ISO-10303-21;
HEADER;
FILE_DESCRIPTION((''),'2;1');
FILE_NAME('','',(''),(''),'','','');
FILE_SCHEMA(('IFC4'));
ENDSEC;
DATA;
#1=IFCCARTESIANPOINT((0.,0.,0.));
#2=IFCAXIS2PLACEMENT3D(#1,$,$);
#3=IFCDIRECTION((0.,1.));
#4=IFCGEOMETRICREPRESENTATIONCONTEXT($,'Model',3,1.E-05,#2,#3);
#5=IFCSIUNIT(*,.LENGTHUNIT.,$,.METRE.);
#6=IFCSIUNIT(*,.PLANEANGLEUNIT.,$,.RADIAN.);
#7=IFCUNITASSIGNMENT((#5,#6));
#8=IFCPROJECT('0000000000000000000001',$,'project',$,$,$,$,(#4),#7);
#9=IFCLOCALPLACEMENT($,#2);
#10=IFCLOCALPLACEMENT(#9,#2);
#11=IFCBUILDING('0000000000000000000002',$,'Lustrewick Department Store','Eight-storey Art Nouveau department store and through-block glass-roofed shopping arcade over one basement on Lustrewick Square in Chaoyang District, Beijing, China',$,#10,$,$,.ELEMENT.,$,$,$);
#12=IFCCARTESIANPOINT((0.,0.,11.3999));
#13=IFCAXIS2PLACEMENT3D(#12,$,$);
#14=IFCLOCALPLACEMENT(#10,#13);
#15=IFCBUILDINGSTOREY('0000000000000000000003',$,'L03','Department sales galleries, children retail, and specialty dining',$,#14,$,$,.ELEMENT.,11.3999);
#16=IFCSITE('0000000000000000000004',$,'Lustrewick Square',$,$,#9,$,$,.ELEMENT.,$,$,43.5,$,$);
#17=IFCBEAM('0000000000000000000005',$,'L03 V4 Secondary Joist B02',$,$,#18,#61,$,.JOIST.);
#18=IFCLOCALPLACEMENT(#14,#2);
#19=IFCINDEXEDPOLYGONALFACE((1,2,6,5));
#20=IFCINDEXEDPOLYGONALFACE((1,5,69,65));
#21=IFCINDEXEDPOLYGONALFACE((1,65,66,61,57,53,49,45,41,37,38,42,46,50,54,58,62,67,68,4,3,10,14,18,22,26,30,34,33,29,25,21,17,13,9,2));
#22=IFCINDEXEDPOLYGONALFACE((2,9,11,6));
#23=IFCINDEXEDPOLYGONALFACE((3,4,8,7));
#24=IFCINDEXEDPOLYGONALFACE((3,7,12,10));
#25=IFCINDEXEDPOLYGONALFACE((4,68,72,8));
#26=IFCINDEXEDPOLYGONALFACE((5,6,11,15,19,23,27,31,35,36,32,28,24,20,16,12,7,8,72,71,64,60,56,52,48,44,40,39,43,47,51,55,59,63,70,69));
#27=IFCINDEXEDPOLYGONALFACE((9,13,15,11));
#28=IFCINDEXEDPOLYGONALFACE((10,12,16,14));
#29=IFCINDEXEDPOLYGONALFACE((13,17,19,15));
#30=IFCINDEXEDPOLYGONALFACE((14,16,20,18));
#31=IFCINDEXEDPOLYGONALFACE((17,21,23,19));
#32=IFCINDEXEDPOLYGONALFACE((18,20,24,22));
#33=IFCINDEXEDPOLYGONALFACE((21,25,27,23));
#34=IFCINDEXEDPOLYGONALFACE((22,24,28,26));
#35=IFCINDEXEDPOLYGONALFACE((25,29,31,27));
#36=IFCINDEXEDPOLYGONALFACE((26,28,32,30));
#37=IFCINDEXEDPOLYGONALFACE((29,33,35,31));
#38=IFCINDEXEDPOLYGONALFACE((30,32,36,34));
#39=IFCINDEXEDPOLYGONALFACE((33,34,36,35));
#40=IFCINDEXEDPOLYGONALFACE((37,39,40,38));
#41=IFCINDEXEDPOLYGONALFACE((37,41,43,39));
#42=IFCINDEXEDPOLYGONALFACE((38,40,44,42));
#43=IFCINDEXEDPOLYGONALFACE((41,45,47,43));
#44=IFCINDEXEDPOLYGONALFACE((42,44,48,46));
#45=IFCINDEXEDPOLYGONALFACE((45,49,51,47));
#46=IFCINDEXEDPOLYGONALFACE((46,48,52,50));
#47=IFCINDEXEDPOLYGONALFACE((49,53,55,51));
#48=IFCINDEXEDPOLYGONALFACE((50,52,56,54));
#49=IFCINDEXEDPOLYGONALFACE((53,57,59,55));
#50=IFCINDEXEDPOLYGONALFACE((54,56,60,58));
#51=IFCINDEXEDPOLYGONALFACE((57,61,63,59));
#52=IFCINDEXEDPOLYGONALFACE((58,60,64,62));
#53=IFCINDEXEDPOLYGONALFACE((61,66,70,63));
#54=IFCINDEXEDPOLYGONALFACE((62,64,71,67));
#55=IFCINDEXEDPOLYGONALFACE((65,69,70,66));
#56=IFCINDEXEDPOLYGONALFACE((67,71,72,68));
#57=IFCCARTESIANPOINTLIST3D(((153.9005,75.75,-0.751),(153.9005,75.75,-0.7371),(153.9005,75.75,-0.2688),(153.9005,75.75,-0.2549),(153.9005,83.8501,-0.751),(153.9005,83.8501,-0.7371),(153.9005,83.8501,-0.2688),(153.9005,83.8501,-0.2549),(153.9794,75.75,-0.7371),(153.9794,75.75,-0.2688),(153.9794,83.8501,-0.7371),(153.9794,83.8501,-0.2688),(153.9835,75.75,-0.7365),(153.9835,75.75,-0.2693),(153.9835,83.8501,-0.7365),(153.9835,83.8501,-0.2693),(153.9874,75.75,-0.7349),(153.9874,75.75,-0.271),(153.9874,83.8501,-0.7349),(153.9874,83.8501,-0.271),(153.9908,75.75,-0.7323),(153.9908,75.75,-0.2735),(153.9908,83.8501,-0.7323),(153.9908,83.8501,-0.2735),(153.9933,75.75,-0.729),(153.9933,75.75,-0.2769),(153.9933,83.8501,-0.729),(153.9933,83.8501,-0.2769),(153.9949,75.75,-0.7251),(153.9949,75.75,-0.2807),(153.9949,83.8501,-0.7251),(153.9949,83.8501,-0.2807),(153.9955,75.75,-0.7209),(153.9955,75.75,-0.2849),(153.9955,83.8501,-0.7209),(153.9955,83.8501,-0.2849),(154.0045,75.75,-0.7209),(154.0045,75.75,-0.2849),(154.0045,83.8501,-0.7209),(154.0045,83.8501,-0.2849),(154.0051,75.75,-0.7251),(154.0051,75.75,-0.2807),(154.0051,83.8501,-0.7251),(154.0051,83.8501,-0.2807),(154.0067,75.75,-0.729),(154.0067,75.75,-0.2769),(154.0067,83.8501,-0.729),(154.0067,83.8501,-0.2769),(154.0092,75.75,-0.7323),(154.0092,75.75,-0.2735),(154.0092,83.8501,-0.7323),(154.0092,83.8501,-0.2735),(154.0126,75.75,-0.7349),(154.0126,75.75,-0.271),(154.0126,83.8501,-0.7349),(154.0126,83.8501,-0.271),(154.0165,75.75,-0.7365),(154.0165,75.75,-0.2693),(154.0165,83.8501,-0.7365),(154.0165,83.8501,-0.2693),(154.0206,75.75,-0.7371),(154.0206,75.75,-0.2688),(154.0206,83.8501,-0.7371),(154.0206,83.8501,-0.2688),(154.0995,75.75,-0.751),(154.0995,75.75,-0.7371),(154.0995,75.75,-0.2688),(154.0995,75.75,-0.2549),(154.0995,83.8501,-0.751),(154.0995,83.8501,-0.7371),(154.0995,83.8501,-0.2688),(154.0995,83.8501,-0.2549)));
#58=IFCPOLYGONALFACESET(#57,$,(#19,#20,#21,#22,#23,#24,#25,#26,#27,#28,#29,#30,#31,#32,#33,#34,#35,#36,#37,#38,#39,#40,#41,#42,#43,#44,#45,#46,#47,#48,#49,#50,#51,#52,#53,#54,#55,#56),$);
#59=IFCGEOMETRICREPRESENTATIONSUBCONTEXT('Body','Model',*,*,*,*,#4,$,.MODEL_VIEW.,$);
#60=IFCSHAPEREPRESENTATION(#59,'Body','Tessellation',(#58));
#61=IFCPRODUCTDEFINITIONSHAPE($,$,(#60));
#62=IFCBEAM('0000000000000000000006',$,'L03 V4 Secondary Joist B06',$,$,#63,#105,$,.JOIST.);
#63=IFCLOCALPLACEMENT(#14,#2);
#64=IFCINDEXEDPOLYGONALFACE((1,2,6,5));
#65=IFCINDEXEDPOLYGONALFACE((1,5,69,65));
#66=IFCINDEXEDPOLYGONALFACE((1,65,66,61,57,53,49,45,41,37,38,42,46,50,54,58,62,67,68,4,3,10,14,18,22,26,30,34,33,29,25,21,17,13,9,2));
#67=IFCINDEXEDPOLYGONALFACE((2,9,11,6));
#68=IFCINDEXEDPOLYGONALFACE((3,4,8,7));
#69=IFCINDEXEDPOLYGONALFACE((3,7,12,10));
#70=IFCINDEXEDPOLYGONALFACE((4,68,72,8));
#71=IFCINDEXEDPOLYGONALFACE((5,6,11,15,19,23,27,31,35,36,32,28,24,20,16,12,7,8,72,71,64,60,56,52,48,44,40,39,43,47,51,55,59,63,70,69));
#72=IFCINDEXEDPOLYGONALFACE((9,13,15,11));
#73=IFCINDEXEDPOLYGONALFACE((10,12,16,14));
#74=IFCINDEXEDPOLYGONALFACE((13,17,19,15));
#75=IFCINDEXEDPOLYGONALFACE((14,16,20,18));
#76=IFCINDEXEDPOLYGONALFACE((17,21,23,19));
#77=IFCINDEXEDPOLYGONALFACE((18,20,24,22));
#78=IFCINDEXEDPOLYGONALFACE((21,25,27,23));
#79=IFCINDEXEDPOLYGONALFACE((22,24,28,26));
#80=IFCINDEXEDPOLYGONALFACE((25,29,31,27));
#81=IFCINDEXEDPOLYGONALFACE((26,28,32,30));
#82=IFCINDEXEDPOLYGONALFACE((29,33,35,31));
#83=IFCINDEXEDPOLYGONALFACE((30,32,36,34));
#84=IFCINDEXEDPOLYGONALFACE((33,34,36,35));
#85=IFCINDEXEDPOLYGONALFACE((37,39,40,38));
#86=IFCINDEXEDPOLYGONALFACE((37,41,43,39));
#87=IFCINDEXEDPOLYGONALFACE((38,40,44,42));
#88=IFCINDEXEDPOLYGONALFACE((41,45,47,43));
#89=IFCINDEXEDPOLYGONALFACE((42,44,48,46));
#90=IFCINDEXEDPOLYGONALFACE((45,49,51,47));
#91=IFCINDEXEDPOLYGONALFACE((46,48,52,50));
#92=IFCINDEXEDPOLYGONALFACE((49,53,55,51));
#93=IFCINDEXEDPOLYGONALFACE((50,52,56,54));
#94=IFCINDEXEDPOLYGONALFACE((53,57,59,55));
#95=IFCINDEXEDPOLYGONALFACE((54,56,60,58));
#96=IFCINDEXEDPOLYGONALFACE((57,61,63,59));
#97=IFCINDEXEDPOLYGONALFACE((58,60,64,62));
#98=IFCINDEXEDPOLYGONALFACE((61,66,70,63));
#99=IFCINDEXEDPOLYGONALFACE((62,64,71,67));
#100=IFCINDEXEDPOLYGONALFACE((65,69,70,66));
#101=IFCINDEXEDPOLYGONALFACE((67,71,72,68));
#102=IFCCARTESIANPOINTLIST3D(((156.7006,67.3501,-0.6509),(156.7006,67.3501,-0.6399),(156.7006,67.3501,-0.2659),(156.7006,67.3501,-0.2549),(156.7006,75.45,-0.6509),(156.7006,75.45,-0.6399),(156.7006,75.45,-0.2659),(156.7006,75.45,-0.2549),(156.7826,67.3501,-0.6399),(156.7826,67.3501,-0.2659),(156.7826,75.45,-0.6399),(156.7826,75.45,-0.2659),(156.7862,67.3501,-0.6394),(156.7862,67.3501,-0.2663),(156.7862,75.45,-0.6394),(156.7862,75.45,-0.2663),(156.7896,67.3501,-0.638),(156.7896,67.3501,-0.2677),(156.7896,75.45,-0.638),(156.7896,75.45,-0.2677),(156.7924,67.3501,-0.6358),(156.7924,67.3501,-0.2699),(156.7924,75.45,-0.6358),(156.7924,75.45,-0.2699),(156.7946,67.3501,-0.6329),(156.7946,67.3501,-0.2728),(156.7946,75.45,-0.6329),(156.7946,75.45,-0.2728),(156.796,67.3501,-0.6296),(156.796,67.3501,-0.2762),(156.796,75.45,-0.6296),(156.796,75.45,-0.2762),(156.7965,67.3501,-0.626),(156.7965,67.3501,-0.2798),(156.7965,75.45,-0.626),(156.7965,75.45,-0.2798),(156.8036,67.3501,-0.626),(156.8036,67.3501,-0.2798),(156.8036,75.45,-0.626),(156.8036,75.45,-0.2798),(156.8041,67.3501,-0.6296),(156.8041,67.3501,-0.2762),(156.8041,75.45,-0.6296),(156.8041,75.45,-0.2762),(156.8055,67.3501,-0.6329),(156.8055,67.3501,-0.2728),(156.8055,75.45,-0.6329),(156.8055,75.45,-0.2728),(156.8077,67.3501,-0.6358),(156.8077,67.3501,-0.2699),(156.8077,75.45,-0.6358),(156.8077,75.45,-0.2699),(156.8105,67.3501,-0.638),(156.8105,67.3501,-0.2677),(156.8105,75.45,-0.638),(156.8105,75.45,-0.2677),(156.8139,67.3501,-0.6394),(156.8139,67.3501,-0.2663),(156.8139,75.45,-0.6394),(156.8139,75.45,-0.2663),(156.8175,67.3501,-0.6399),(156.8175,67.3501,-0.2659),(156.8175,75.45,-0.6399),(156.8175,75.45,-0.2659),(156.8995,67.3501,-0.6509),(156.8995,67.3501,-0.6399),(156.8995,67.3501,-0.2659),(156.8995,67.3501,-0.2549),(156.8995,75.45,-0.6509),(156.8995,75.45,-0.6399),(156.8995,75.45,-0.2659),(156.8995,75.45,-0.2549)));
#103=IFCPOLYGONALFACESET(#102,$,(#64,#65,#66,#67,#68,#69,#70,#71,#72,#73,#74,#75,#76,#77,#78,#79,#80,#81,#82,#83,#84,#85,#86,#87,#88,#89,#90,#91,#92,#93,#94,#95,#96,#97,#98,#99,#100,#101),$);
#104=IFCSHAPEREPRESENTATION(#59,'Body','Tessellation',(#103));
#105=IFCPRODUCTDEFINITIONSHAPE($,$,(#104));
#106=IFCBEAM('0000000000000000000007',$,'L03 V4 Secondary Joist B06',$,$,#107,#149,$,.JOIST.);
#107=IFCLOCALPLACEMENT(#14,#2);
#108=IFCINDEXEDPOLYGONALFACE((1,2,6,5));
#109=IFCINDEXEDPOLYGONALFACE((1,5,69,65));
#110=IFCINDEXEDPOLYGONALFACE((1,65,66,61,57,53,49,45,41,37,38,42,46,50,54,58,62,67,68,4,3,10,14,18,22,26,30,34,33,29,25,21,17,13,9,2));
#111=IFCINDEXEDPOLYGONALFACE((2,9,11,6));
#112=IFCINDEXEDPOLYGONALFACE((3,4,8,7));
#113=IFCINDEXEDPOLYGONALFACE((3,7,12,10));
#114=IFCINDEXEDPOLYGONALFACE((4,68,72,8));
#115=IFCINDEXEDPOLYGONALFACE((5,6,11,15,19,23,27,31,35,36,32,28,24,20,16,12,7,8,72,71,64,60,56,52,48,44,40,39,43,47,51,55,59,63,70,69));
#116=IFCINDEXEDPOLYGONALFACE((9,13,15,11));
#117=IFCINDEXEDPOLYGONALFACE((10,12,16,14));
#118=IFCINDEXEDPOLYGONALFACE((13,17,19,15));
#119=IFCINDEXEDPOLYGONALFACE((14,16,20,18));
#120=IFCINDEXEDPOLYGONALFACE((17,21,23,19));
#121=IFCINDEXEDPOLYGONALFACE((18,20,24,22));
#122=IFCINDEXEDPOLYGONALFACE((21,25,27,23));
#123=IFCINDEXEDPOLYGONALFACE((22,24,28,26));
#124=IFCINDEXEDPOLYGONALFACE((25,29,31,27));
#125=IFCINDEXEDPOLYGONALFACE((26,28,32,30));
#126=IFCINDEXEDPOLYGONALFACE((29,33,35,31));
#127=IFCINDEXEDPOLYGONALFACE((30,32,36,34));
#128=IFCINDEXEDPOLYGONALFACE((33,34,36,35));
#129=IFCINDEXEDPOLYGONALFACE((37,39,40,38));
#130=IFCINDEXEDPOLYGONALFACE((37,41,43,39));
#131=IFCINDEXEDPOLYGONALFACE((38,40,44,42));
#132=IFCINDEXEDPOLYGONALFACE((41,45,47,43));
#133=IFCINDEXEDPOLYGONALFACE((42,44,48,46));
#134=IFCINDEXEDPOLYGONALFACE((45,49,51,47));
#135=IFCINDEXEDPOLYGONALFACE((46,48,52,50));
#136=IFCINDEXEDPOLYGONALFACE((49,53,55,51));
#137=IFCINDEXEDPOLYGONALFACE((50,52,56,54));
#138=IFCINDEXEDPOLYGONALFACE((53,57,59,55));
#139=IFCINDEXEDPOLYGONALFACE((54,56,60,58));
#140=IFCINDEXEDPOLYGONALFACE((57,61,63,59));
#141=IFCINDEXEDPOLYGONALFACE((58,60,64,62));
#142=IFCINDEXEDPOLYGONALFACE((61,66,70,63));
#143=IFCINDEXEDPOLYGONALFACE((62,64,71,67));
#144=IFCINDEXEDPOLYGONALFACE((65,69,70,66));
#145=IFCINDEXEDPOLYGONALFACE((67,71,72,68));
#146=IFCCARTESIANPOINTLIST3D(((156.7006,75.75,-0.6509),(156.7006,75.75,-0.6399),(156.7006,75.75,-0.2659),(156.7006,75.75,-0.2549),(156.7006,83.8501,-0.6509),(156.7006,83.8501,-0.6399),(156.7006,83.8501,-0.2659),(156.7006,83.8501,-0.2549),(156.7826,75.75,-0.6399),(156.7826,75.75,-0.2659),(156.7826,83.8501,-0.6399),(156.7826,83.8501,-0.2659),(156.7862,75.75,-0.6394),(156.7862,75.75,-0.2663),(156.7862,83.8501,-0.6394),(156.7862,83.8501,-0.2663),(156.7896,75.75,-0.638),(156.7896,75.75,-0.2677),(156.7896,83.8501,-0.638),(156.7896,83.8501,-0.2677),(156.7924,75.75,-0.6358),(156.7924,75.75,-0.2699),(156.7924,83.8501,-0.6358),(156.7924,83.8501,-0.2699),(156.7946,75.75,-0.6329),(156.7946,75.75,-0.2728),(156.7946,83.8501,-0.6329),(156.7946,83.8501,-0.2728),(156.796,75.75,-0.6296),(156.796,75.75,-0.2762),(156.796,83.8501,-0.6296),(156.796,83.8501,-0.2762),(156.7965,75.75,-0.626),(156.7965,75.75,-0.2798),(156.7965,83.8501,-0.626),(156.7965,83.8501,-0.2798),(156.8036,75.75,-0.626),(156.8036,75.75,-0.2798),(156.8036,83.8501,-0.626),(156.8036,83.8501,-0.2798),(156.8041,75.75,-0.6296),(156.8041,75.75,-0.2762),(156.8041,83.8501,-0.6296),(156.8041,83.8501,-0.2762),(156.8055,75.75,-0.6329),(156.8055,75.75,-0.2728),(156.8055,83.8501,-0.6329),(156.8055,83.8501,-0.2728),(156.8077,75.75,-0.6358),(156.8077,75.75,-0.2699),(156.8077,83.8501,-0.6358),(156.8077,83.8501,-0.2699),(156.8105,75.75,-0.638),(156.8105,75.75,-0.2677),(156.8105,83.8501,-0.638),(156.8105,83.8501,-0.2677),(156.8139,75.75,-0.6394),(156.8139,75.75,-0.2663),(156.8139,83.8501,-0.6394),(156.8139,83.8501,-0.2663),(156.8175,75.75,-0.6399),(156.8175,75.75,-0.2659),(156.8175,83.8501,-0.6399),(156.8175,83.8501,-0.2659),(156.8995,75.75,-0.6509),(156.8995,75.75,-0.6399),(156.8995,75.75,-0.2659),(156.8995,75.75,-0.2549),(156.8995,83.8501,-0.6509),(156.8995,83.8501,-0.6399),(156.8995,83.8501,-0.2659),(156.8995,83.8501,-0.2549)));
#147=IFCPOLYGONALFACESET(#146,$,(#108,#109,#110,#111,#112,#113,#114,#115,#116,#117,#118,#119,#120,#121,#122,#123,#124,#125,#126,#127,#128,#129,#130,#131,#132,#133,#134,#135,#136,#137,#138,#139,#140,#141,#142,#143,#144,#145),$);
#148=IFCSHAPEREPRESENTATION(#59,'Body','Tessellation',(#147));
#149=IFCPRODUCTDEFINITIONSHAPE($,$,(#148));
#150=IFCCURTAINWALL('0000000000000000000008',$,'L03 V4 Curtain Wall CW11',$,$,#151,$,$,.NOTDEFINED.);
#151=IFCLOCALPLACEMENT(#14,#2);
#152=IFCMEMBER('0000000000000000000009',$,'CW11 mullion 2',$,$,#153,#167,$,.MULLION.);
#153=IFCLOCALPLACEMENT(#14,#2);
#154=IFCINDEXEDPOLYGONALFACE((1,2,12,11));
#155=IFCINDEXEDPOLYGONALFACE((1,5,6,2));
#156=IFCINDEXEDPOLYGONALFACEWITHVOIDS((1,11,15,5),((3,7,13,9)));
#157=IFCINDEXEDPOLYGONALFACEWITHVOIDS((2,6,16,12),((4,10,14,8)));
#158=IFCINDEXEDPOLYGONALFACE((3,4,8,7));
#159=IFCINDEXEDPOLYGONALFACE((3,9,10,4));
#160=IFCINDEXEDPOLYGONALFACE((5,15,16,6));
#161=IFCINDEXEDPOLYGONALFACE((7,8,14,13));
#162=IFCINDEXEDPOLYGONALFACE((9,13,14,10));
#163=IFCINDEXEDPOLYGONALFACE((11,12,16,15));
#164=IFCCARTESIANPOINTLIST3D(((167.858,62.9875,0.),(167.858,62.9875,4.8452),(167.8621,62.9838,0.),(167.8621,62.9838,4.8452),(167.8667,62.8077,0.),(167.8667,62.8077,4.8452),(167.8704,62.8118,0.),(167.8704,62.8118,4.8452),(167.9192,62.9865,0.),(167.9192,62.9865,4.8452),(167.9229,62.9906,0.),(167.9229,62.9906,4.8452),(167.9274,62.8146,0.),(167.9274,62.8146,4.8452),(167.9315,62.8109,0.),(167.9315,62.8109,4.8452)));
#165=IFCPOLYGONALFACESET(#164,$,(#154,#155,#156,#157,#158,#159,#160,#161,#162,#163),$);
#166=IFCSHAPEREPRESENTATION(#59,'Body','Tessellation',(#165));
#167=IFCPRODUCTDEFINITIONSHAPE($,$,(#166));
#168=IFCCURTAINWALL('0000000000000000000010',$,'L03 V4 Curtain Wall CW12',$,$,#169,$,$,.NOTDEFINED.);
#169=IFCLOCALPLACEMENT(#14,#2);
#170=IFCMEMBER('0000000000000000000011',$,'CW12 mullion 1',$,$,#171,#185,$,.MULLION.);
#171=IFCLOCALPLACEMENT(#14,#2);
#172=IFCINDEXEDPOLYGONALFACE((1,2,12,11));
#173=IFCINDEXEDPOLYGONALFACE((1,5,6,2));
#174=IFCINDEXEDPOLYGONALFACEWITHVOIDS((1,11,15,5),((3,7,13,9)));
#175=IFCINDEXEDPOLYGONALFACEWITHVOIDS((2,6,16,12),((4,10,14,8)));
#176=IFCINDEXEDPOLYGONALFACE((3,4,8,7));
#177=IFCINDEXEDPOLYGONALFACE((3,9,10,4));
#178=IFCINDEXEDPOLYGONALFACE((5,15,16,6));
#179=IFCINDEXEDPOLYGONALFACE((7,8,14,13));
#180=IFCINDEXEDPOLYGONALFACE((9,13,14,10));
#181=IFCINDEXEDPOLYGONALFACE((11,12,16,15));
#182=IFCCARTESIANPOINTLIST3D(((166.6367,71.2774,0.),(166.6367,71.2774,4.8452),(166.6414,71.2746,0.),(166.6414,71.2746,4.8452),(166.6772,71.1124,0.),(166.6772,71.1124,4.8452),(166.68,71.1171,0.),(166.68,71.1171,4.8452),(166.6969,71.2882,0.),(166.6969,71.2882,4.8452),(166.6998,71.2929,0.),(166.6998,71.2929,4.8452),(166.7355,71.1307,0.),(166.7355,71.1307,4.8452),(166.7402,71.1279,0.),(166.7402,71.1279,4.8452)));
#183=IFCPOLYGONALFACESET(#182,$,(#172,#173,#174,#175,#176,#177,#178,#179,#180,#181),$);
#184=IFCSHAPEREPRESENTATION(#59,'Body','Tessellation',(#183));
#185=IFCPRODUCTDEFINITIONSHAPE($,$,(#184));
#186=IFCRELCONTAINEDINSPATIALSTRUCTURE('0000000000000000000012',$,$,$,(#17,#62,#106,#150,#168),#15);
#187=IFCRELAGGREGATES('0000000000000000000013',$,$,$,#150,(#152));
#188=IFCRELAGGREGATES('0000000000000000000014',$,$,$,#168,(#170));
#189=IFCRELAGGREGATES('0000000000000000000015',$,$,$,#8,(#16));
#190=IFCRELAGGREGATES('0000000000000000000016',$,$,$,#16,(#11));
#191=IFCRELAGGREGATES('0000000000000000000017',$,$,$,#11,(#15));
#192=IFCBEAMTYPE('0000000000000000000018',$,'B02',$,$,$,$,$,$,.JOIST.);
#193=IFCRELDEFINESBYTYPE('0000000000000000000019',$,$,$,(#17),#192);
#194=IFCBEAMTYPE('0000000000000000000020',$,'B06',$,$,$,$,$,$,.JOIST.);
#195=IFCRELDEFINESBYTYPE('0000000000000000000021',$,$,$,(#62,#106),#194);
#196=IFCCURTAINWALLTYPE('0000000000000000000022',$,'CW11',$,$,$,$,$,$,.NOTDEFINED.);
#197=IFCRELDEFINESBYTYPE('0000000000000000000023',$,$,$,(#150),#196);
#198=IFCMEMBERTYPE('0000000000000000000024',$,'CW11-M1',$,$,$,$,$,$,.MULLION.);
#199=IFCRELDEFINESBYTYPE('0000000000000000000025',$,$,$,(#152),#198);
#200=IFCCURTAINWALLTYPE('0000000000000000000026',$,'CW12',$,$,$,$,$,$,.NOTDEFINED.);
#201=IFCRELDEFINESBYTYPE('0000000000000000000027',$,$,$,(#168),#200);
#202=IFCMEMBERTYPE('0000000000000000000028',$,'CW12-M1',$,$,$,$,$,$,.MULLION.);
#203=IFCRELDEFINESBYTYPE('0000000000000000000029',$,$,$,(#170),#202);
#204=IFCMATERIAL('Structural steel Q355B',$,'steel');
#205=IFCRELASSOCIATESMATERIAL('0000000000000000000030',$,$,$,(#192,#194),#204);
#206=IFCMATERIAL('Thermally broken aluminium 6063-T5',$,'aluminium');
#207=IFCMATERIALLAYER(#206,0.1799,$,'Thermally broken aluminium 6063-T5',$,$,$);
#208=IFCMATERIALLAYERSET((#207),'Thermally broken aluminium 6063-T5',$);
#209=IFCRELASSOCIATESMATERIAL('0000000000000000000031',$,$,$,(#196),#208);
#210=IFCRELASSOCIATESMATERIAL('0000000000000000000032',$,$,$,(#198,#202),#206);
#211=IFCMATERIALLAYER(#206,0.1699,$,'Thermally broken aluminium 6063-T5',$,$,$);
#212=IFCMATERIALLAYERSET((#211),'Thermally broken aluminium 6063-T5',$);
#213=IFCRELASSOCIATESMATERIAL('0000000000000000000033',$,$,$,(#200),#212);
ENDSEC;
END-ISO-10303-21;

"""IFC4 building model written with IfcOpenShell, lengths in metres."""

from ifc_helpers import new_model, si_unit, direction, frame, origin, origin_2d, place, context, subcontext, project, spatial, hollow_rectangle, i_section, extrude, material, layer, layer_set, material_profile, profile_set, type_object, element, aggregate, save


model = new_model("IFC4")

# Units and contexts
model_context = context("Model", 3, precision=1e-05, world=origin(), true_north=direction((0.0, 1.0)))
body_context = subcontext(model_context, "Body", "Model", "MODEL_VIEW")
ifc_project = project(units=[si_unit("LENGTHUNIT", "METRE"), si_unit("PLANEANGLEUNIT", "RADIAN")], contexts=[model_context])

# Site, building, storey
site_placement = place(None, origin())
site = spatial("IfcSite", under=ifc_project, at=site_placement, Name="Lustrewick Square", CompositionType="ELEMENT", RefElevation=43.5)
building_placement = place(site_placement, origin())
building = spatial("IfcBuilding", under=site, at=building_placement, Name="Lustrewick Department Store", Description="Eight-storey Art Nouveau department store and through-block glass-roofed shopping arcade over one basement on Lustrewick Square in Chaoyang District, Beijing, China", CompositionType="ELEMENT")
storey_placement = place(building_placement, frame((0.0, 0.0, 11.3999)))
storey = spatial("IfcBuildingStorey", under=building, at=storey_placement, Name="L03", Description="Department sales galleries, children retail, and specialty dining", CompositionType="ELEMENT", Elevation=11.3999)

# Shared definitions
ifc_material_1 = material(Name="Structural steel Q355B", Category="steel")

# Beams
ifc_material_profile_1 = material_profile(ifc_material_1, i_section(OverallWidth=0.199, OverallDepth=0.4961, WebThickness=0.009, FlangeThickness=0.0139, FilletRadius=0.0161, at=origin_2d()), Name="HN 496x199x9x14")
ifc_profile_set_1 = profile_set([ifc_material_profile_1], Name="Structural steel Q355B")
beam_type_1 = type_object("IfcBeamType", Name="B02", PredefinedType="JOIST", material=ifc_profile_set_1)
beam_1_placement = place(storey_placement, frame((154.0, 75.75, -0.5029), z_axis=(0.0, 1.0, 0.0), x_axis=(-1.0, 0.0, 0.0)))
element("IfcBeam", 1, at=beam_1_placement, inside=storey, type_object=beam_type_1, Name="L03 V4 Secondary Joist B02", PredefinedType="JOIST", context=body_context, shape_type="SweptSolid", body=[
    extrude(i_section(OverallWidth=0.199, OverallDepth=0.4961, WebThickness=0.009, FlangeThickness=0.0139, FilletRadius=0.0161, at=origin_2d()), origin(), (0.0, 0.0, 1.0), 8.1001),
])
ifc_material_profile_2 = material_profile(ifc_material_1, i_section(OverallWidth=0.199, OverallDepth=0.396, WebThickness=0.0071, FlangeThickness=0.011, FilletRadius=0.0139, at=origin_2d()), Name="HN 396x199x7x11")
ifc_profile_set_2 = profile_set([ifc_material_profile_2], Name="Structural steel Q355B")
beam_type_2 = type_object("IfcBeamType", Name="B06", PredefinedType="JOIST", material=ifc_profile_set_2)
beam_2_placement = place(storey_placement, frame((156.8, 67.3501, -0.4529), z_axis=(0.0, 1.0, 0.0), x_axis=(-1.0, 0.0, 0.0)))
element("IfcBeam", 2, at=beam_2_placement, inside=storey, type_object=beam_type_2, Name="L03 V4 Secondary Joist B06", PredefinedType="JOIST", context=body_context, shape_type="SweptSolid", body=[
    extrude(i_section(OverallWidth=0.199, OverallDepth=0.396, WebThickness=0.0071, FlangeThickness=0.011, FilletRadius=0.0139, at=origin_2d()), origin(), (0.0, 0.0, 1.0), 8.0999),
])
beam_3_placement = place(storey_placement, frame((156.8, 75.75, -0.4529), z_axis=(0.0, 1.0, 0.0), x_axis=(-1.0, 0.0, 0.0)))
element("IfcBeam", 3, at=beam_3_placement, inside=storey, type_object=beam_type_2, Name="L03 V4 Secondary Joist B06", PredefinedType="JOIST", context=body_context, shape_type="SweptSolid", body=[
    extrude(i_section(OverallWidth=0.199, OverallDepth=0.396, WebThickness=0.0071, FlangeThickness=0.011, FilletRadius=0.0139, at=origin_2d()), origin(), (0.0, 0.0, 1.0), 8.1001),
])

# Curtain wall, member
ifc_material_2 = material(Name="Thermally broken aluminium 6063-T5", Category="aluminium")
ifc_layer_1 = layer(ifc_material_2, 0.1799, Name="Thermally broken aluminium 6063-T5")
ifc_layer_set_1 = layer_set([ifc_layer_1], Name="Thermally broken aluminium 6063-T5")
curtain_wall_type_1 = type_object("IfcCurtainWallType", Name="CW11", PredefinedType="NOTDEFINED", material=ifc_layer_set_1)
curtain_wall_1_placement = place(storey_placement, origin())
curtain_wall_1 = element("IfcCurtainWall", 4, at=curtain_wall_1_placement, inside=storey, type_object=curtain_wall_type_1, Name="L03 V4 Curtain Wall CW11", PredefinedType="NOTDEFINED")
ifc_material_profile_3 = material_profile(ifc_material_2, hollow_rectangle(XDim=0.0649, YDim=0.1799, WallThickness=0.0039, at=origin_2d()), Name="ALU-M 65x180x4")
ifc_profile_set_3 = profile_set([ifc_material_profile_3], Name="Thermally broken aluminium 6063-T5")
member_type_1 = type_object("IfcMemberType", Name="CW11-M1", PredefinedType="MULLION", material=ifc_profile_set_3)
member_1_placement = place(storey_placement, frame((167.8948, 62.8992, 0.0), z_axis=(0.0, 0.0, 1.0), x_axis=(-0.998845, -0.048053, 0.0)))
member_1 = element("IfcMember", 5, at=member_1_placement, type_object=member_type_1, Name="CW11 mullion 2", PredefinedType="MULLION", context=body_context, shape_type="SweptSolid", body=[
    extrude(hollow_rectangle(XDim=0.0649, YDim=0.1799, WallThickness=0.0039, at=origin_2d()), origin(), (0.0, 0.0, 1.0), 4.8452),
])
aggregate(curtain_wall_1, [member_1])

# Curtain wall, member
ifc_layer_2 = layer(ifc_material_2, 0.1699, Name="Thermally broken aluminium 6063-T5")
ifc_layer_set_2 = layer_set([ifc_layer_2], Name="Thermally broken aluminium 6063-T5")
curtain_wall_type_2 = type_object("IfcCurtainWallType", Name="CW12", PredefinedType="NOTDEFINED", material=ifc_layer_set_2)
curtain_wall_2_placement = place(storey_placement, origin())
curtain_wall_2 = element("IfcCurtainWall", 6, at=curtain_wall_2_placement, inside=storey, type_object=curtain_wall_type_2, Name="L03 V4 Curtain Wall CW12", PredefinedType="NOTDEFINED")
ifc_material_profile_4 = material_profile(ifc_material_2, hollow_rectangle(XDim=0.0649, YDim=0.1699, WallThickness=0.0039, at=origin_2d()), Name="ALU-M 65x170x4")
ifc_profile_set_4 = profile_set([ifc_material_profile_4], Name="Thermally broken aluminium 6063-T5")
member_type_2 = type_object("IfcMemberType", Name="CW12-M1", PredefinedType="MULLION", material=ifc_profile_set_4)
member_2_placement = place(storey_placement, frame((166.6885, 71.2026, 0.0), z_axis=(0.0, 0.0, 1.0), x_axis=(-0.971223, -0.238171, 0.0)))
member_2 = element("IfcMember", 7, at=member_2_placement, type_object=member_type_2, Name="CW12 mullion 1", PredefinedType="MULLION", context=body_context, shape_type="SweptSolid", body=[
    extrude(hollow_rectangle(XDim=0.0649, YDim=0.1699, WallThickness=0.0039, at=origin_2d()), origin(), (0.0, 0.0, 1.0), 4.8452),
])

aggregate(curtain_wall_2, [member_2])

save(model, "model.ifc")
